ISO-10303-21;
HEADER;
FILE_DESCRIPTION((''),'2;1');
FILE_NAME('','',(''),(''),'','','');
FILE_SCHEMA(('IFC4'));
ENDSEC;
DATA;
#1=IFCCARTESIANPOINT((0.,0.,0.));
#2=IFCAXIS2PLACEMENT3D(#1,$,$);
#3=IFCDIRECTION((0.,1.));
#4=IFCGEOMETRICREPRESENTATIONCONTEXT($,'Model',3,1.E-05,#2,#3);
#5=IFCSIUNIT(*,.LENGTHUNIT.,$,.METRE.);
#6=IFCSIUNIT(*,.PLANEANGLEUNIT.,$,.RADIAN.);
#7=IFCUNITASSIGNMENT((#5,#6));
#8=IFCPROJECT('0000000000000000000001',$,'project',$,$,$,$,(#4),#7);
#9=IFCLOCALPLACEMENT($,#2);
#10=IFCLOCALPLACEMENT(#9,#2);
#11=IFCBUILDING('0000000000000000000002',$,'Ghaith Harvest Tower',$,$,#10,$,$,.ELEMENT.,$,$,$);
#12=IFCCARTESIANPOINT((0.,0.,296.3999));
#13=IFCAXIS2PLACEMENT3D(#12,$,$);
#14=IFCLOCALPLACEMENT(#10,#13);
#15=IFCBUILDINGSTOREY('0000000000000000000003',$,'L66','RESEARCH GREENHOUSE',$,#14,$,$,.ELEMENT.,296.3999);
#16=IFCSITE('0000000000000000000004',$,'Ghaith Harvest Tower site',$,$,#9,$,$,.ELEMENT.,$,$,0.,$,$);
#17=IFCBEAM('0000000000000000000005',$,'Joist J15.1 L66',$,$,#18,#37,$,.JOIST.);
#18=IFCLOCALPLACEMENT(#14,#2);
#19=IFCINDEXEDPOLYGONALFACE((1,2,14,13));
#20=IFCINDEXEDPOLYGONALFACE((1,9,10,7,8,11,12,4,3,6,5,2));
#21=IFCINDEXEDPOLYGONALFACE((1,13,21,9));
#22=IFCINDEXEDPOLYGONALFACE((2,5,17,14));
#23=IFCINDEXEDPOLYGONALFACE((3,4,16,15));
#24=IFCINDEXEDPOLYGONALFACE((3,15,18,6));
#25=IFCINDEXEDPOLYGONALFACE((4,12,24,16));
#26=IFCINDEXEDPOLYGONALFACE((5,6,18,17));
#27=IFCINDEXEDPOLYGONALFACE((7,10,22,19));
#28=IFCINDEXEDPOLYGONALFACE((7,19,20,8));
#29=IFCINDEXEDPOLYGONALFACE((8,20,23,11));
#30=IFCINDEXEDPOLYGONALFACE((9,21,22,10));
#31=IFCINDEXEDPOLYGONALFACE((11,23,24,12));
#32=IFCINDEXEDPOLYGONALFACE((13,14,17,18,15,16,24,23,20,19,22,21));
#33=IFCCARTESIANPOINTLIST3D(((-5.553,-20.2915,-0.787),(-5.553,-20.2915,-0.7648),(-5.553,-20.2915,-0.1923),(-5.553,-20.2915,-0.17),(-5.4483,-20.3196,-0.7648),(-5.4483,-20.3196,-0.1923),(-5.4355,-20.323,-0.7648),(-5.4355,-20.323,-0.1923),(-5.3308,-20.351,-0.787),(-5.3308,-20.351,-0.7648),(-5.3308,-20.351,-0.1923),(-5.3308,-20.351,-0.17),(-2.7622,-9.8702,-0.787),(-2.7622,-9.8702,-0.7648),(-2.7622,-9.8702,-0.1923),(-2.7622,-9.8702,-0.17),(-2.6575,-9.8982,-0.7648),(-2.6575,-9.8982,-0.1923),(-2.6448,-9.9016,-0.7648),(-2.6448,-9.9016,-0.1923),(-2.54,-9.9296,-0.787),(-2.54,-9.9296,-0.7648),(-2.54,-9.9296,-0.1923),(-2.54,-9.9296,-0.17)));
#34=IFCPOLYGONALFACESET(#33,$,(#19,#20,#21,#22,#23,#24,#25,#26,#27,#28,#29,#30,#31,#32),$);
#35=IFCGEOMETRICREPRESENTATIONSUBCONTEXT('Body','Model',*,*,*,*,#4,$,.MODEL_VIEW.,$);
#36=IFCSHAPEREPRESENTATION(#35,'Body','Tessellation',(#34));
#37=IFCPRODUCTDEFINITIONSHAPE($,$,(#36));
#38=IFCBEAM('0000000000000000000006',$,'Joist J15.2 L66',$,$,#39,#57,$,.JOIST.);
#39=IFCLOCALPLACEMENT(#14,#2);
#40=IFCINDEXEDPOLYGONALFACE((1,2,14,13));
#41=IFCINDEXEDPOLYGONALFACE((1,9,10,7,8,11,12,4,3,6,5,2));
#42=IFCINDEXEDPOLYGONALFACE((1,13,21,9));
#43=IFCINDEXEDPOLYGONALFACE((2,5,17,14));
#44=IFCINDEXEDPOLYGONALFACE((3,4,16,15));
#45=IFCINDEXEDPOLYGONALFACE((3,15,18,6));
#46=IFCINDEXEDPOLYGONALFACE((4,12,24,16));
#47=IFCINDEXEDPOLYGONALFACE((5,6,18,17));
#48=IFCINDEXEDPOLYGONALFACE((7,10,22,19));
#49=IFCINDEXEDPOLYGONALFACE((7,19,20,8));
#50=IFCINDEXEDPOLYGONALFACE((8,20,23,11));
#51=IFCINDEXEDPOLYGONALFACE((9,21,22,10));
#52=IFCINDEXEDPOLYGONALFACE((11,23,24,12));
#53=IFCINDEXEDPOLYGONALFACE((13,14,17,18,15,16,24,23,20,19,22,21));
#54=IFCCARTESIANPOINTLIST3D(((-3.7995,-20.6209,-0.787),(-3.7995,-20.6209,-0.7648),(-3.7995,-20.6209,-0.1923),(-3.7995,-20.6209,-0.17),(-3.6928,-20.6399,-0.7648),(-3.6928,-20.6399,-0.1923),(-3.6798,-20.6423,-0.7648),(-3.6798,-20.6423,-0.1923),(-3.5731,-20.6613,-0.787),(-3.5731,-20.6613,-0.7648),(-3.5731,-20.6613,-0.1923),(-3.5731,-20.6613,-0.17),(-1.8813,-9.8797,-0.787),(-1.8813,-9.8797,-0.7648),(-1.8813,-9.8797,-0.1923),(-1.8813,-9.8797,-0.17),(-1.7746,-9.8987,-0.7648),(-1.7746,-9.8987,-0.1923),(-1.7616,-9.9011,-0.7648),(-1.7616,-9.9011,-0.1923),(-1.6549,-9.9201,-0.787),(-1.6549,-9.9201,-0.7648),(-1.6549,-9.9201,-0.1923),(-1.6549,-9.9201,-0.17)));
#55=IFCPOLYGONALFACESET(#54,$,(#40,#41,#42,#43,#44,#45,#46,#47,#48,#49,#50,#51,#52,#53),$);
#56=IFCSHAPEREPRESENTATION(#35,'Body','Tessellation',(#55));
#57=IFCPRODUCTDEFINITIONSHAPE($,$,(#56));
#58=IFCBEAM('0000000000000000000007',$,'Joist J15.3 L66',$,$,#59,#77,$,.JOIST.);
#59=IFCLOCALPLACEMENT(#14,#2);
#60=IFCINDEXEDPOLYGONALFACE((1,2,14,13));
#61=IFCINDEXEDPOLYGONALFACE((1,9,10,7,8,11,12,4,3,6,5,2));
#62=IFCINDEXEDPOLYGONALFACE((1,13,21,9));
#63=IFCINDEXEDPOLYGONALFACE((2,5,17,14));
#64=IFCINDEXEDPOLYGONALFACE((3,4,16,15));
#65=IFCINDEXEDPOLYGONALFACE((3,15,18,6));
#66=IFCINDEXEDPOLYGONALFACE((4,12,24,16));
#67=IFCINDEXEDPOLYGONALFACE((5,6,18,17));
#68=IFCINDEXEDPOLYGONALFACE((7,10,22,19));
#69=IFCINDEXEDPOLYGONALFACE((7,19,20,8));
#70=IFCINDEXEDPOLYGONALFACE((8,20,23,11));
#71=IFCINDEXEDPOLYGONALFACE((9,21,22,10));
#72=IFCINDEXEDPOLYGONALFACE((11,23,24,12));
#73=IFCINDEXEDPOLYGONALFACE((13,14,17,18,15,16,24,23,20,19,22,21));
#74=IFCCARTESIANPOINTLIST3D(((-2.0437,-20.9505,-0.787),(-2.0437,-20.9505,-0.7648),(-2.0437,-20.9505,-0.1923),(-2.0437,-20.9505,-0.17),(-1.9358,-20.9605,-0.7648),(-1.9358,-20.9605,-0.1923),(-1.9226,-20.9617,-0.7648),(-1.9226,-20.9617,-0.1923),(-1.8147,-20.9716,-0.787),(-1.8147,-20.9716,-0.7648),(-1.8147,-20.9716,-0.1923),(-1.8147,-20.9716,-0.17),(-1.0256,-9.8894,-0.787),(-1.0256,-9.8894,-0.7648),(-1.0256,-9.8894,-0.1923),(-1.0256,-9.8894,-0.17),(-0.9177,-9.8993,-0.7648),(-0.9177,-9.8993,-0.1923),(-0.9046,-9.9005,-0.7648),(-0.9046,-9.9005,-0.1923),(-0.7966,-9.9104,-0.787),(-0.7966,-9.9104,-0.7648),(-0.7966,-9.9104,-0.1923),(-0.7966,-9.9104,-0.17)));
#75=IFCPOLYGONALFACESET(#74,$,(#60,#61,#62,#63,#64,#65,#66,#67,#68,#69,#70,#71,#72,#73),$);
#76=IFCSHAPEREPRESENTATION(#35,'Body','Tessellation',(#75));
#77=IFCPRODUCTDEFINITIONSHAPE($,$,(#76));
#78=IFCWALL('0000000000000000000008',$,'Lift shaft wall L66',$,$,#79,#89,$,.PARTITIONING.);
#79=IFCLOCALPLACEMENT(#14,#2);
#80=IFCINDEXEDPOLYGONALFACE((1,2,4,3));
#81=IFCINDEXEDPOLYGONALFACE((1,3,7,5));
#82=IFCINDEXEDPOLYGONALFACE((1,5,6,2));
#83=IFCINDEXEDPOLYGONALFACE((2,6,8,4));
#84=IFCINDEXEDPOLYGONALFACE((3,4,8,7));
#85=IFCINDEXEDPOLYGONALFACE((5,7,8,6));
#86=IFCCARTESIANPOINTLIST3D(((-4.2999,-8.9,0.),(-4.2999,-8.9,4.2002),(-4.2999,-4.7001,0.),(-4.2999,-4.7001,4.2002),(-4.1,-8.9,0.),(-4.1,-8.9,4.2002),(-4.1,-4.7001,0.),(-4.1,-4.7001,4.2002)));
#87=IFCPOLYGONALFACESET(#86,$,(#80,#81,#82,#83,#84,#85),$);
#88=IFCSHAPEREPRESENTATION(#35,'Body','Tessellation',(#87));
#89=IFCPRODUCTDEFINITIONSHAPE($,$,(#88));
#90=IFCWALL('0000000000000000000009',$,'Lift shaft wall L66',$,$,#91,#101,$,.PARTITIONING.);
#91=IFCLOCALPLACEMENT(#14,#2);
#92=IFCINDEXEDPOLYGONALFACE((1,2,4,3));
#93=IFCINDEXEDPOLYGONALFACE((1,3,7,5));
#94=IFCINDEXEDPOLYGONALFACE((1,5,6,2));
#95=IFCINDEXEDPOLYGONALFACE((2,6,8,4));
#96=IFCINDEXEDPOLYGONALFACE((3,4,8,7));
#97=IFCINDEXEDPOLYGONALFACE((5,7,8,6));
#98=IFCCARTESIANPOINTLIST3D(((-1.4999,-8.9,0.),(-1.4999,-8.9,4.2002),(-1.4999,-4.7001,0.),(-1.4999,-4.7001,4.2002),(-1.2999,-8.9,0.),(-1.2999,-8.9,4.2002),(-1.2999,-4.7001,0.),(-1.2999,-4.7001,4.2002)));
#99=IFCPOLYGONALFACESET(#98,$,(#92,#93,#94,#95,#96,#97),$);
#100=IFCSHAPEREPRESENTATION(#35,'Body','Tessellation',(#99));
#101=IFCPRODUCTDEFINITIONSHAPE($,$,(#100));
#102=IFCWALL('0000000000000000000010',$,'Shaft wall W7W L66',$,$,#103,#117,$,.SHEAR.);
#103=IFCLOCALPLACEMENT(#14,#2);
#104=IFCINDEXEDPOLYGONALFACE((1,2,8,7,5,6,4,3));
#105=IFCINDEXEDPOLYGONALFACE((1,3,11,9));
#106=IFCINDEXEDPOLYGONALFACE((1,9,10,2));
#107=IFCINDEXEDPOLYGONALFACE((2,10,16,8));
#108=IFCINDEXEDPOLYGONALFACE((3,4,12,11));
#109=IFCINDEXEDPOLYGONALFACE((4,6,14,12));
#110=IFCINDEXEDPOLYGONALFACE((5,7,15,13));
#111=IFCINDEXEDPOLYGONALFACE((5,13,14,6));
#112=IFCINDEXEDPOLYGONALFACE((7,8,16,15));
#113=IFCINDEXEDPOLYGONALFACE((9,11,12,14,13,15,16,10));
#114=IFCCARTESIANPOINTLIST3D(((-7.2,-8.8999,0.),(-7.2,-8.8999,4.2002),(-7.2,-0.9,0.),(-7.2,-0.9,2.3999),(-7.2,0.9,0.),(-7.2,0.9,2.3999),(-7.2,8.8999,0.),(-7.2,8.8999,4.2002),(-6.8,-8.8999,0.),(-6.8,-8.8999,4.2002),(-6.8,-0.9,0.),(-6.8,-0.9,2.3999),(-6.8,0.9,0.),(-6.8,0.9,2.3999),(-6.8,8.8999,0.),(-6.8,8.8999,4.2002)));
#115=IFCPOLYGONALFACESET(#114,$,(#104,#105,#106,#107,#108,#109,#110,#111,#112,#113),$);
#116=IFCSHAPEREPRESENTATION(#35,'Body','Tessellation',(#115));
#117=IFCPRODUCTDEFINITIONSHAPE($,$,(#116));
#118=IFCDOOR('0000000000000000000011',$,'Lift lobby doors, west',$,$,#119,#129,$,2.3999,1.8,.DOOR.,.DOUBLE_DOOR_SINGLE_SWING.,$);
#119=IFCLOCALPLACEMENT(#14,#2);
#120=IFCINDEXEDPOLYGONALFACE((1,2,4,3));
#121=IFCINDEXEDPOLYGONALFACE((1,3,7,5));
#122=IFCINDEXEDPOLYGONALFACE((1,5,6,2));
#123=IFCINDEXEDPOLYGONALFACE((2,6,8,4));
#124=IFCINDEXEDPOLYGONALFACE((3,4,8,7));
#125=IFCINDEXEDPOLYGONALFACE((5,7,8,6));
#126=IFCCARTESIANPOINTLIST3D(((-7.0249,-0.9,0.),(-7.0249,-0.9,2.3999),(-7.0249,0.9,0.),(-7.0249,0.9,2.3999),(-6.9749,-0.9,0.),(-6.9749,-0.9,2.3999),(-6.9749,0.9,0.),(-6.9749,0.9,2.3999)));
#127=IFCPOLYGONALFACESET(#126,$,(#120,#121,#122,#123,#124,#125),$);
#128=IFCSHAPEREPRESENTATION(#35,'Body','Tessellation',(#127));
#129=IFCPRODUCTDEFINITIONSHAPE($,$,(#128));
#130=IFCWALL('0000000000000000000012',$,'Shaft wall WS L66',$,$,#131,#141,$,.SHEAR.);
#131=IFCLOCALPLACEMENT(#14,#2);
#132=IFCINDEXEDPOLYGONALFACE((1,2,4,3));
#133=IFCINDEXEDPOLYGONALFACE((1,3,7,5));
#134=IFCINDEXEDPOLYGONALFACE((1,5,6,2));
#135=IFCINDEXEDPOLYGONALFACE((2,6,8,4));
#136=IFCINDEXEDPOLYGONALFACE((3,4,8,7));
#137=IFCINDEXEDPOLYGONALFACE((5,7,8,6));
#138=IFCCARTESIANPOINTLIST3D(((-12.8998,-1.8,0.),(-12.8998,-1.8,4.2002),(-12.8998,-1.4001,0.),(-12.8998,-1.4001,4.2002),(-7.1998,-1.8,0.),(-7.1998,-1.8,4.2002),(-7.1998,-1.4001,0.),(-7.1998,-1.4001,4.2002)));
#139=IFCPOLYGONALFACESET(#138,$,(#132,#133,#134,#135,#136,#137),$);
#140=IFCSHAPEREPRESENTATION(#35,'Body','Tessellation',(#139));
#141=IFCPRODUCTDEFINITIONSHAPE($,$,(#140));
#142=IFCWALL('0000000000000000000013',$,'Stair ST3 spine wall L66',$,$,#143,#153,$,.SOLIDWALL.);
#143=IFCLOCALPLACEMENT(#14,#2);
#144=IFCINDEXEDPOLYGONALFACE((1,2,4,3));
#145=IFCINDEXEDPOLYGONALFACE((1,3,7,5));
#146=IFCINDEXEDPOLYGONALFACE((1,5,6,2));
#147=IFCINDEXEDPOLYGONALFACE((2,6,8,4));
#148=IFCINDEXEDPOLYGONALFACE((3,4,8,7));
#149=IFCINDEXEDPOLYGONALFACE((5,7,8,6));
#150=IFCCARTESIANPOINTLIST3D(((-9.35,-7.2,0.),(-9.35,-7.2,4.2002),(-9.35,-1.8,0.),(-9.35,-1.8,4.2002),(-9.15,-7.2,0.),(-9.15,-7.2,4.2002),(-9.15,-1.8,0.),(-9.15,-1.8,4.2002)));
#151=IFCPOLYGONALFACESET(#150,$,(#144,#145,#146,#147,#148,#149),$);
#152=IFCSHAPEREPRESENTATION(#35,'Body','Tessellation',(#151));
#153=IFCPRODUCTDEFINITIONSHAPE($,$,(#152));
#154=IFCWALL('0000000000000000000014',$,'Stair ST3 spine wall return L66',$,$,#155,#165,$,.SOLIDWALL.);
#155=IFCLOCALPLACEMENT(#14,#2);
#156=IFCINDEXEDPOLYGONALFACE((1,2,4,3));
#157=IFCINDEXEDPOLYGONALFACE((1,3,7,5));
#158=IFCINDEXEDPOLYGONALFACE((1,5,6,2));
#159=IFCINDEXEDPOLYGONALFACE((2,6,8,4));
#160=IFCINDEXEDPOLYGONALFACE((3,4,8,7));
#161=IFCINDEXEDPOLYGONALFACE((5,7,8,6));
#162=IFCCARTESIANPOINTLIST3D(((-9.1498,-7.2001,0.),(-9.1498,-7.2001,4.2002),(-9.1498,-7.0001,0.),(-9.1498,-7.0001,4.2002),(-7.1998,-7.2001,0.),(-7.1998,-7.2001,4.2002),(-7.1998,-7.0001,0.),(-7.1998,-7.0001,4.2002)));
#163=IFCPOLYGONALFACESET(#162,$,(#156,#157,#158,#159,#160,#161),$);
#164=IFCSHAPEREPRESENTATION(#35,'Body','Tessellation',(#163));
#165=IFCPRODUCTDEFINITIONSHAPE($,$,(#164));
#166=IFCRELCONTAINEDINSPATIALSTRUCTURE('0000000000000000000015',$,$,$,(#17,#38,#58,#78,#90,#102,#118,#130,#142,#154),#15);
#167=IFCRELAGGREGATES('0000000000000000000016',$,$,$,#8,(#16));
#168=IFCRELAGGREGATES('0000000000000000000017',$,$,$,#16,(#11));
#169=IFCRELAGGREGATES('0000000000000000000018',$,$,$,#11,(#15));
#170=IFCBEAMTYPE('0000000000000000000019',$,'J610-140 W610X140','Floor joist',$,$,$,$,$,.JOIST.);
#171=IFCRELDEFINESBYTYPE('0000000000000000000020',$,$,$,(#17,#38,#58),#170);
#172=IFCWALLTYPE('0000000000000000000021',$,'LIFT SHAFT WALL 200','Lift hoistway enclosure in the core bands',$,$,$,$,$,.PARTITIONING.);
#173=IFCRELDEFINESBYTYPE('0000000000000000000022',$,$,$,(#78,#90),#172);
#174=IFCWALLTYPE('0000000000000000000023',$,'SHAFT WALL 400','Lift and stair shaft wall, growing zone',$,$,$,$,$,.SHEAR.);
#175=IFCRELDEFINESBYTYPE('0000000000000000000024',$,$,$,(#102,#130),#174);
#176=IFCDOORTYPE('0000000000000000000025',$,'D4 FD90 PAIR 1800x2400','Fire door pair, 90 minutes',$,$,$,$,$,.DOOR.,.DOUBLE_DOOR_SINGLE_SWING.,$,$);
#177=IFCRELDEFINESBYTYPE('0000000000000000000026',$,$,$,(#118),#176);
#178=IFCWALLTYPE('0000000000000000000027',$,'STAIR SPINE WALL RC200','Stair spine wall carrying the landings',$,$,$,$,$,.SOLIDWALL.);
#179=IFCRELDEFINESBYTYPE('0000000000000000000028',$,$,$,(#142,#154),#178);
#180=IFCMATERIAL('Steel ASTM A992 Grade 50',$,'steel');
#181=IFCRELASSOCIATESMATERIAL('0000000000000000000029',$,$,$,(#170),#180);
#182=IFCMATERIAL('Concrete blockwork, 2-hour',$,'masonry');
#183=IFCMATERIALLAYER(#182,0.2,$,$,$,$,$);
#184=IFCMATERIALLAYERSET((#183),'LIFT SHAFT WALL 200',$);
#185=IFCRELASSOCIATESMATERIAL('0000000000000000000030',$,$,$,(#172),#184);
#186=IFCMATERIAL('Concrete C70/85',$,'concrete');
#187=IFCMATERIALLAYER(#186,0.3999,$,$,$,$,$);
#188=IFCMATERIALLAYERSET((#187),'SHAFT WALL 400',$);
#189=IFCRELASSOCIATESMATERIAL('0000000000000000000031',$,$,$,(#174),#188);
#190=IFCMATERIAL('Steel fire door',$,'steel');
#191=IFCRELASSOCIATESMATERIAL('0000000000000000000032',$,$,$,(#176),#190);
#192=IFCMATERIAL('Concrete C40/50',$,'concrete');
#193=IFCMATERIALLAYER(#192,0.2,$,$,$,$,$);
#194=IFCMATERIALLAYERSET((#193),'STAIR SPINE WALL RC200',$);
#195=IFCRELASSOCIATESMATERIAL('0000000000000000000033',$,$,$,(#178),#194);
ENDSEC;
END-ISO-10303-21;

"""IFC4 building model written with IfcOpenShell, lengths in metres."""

from ifc_helpers import new_model, si_unit, direction, frame, frame_2d, origin, origin_2d, place, context, subcontext, project, spatial, rectangle, i_section, extrude, material, layer, layer_set, material_profile, profile_set, type_object, element, fill, save


model = new_model("IFC4")

# Units and contexts
model_context = context("Model", 3, precision=1e-05, world=origin(), true_north=direction((0.0, 1.0)))
body_context = subcontext(model_context, "Body", "Model", "MODEL_VIEW")
ifc_project = project(units=[si_unit("LENGTHUNIT", "METRE"), si_unit("PLANEANGLEUNIT", "RADIAN")], contexts=[model_context])

# Site, building, storey
site_placement = place(None, origin())
site = spatial("IfcSite", under=ifc_project, at=site_placement, Name="Ghaith Harvest Tower site", CompositionType="ELEMENT", RefElevation=0.0)
building_placement = place(site_placement, origin())
building = spatial("IfcBuilding", under=site, at=building_placement, Name="Ghaith Harvest Tower", CompositionType="ELEMENT")
storey_placement = place(building_placement, frame((0.0, 0.0, 296.3999)))
storey = spatial("IfcBuildingStorey", under=building, at=storey_placement, Name="L66", Description="RESEARCH GREENHOUSE", CompositionType="ELEMENT", Elevation=296.3999)

# Beams
ifc_material_1 = material(Name="Steel ASTM A992 Grade 50", Category="steel")
ifc_material_profile_1 = material_profile(ifc_material_1, i_section(OverallWidth=0.23, OverallDepth=0.6169, WebThickness=0.0132, FlangeThickness=0.0222, at=origin_2d()), Name="W610X140")
ifc_profile_set_1 = profile_set([ifc_material_profile_1], Name="Steel ASTM A992 Grade 50")
beam_type_1 = type_object("IfcBeamType", Name="J610-140 W610X140", Description="Floor joist", PredefinedType="JOIST", material=ifc_profile_set_1)
beam_1_placement = place(storey_placement, frame((-2.6511, -9.8999, -0.4785), z_axis=(-0.258678, -0.965964, 0.0), x_axis=(0.965964, -0.258678, 0.0)))
element("IfcBeam", 1, at=beam_1_placement, inside=storey, type_object=beam_type_1, Name="Joist J15.1 L66", PredefinedType="JOIST", context=body_context, shape_type="SweptSolid", body=[
    extrude(i_section(OverallWidth=0.23, OverallDepth=0.6169, WebThickness=0.0132, FlangeThickness=0.0222, at=origin_2d()), origin(), (0.0, 0.0, 1.0), 10.7886),
])
beam_2_placement = place(storey_placement, frame((-1.7681, -9.8999, -0.4785), z_axis=(-0.175803, -0.984425, 0.0), x_axis=(0.984425, -0.175803, 0.0)))
element("IfcBeam", 2, at=beam_2_placement, inside=storey, type_object=beam_type_1, Name="Joist J15.2 L66", PredefinedType="JOIST", context=body_context, shape_type="SweptSolid", body=[
    extrude(i_section(OverallWidth=0.23, OverallDepth=0.6169, WebThickness=0.0132, FlangeThickness=0.0222, at=origin_2d()), origin(), (0.0, 0.0, 1.0), 10.9111),
])
beam_3_placement = place(storey_placement, frame((-0.9111, -9.8999, -0.4785), z_axis=(-0.091651, -0.995791, 0.0), x_axis=(0.995791, -0.091651, 0.0)))
element("IfcBeam", 3, at=beam_3_placement, inside=storey, type_object=beam_type_1, Name="Joist J15.3 L66", PredefinedType="JOIST", context=body_context, shape_type="SweptSolid", body=[
    extrude(i_section(OverallWidth=0.23, OverallDepth=0.6169, WebThickness=0.0132, FlangeThickness=0.0222, at=origin_2d()), origin(), (0.0, 0.0, 1.0), 11.1079),
])

# Walls
ifc_material_2 = material(Name="Concrete blockwork, 2-hour", Category="masonry")
ifc_layer_1 = layer(ifc_material_2, 0.2)
ifc_layer_set_1 = layer_set([ifc_layer_1], Name="LIFT SHAFT WALL 200")
wall_type_1 = type_object("IfcWallType", Name="LIFT SHAFT WALL 200", Description="Lift hoistway enclosure in the core bands", PredefinedType="PARTITIONING", material=ifc_layer_set_1)
for number, where, z_axis, x_axis, name in (
    (4, (-4.2, -4.7, 0.0), (0.0, 0.0, 1.0), (0.0, -1.0, 0.0), "Lift shaft wall L66"),
    (5, (-1.3999, -4.7, 0.0), (0.0, 0.0, 1.0), (0.0, -1.0, 0.0), "Lift shaft wall L66"),
):
    element("IfcWall", number, at=place(storey_placement, frame(where, z_axis=z_axis, x_axis=x_axis)), inside=storey, type_object=wall_type_1, Name=name, PredefinedType="PARTITIONING", context=body_context, shape_type="SweptSolid", body=[
        extrude(rectangle(XDim=4.2, YDim=0.2, at=frame_2d((2.1001, 0.0))), origin(), (0.0, 0.0, 1.0), 4.2002),
    ])

# Wall, opening, door
ifc_material_3 = material(Name="Concrete C70/85", Category="concrete")
ifc_layer_2 = layer(ifc_material_3, 0.3999)
ifc_layer_set_2 = layer_set([ifc_layer_2], Name="SHAFT WALL 400")
wall_type_2 = type_object("IfcWallType", Name="SHAFT WALL 400", Description="Lift and stair shaft wall, growing zone", PredefinedType="SHEAR", material=ifc_layer_set_2)
wall_1_placement = place(storey_placement, frame((-7.0, -8.8999, 0.0), z_axis=(0.0, 0.0, 1.0), x_axis=(0.0, 1.0, 0.0)))
wall_1 = element("IfcWall", 6, at=wall_1_placement, inside=storey, type_object=wall_type_2, Name="Shaft wall W7W L66", PredefinedType="SHEAR", context=body_context, shape_type="SweptSolid", body=[
    extrude(rectangle(XDim=17.7998, YDim=0.3999, at=frame_2d((8.8999, 0.0))), origin(), (0.0, 0.0, 1.0), 4.2002),
])
opening_1_placement = place(wall_1_placement, frame((8.0, 0.0, 0.0)))
opening_1 = element("IfcOpeningElement", 7, at=opening_1_placement, cuts=wall_1, PredefinedType="OPENING", context=body_context, shape_type="SweptSolid", body=[
    extrude(rectangle(XDim=1.8, YDim=2.3999, at=frame_2d((0.8999, 1.2))), frame((0.0, 0.21, 0.0), z_axis=(0.0, -1.0, 0.0), x_axis=(1.0, 0.0, 0.0)), (0.0, 0.0, 1.0), 0.4199),
])
ifc_material_4 = material(Name="Steel fire door", Category="steel")
door_type_1 = type_object("IfcDoorType", Name="D4 FD90 PAIR 1800x2400", Description="Fire door pair, 90 minutes", OperationType="DOUBLE_DOOR_SINGLE_SWING", PredefinedType="DOOR", material=ifc_material_4)
door_1_placement = place(opening_1_placement, origin())
door_1 = element("IfcDoor", 8, at=door_1_placement, inside=storey, type_object=door_type_1, Name="Lift lobby doors, west", OperationType="DOUBLE_DOOR_SINGLE_SWING", OverallHeight=2.3999, OverallWidth=1.8, PredefinedType="DOOR", context=body_context, shape_type="SweptSolid", body=[
    extrude(rectangle(XDim=1.8, YDim=2.3999, at=frame_2d((0.8999, 1.2))), frame((0.0, 0.0249, 0.0), z_axis=(0.0, -1.0, 0.0), x_axis=(1.0, 0.0, 0.0)), (0.0, 0.0, 1.0), 0.05),
])
fill(opening_1, door_1)

# Walls
wall_2_placement = place(storey_placement, frame((-12.8999, -1.6001, 0.0), z_axis=(0.0, 0.0, 1.0), x_axis=(1.0, 0.0, 0.0)))
element("IfcWall", 9, at=wall_2_placement, inside=storey, type_object=wall_type_2, Name="Shaft wall WS L66", PredefinedType="SHEAR", context=body_context, shape_type="SweptSolid", body=[
    extrude(rectangle(XDim=5.7, YDim=0.3999, at=frame_2d((2.8501, 0.0))), origin(), (0.0, 0.0, 1.0), 4.2002),
])
ifc_material_5 = material(Name="Concrete C40/50", Category="concrete")
ifc_layer_3 = layer(ifc_material_5, 0.2)
ifc_layer_set_3 = layer_set([ifc_layer_3], Name="STAIR SPINE WALL RC200")
wall_type_3 = type_object("IfcWallType", Name="STAIR SPINE WALL RC200", Description="Stair spine wall carrying the landings", PredefinedType="SOLIDWALL", material=ifc_layer_set_3)
wall_3_placement = place(storey_placement, frame((-9.25, -7.2, 0.0), z_axis=(0.0, 0.0, 1.0), x_axis=(0.0, 1.0, 0.0)))
element("IfcWall", 10, at=wall_3_placement, inside=storey, type_object=wall_type_3, Name="Stair ST3 spine wall L66", PredefinedType="SOLIDWALL", context=body_context, shape_type="SweptSolid", body=[
    extrude(rectangle(XDim=5.3999, YDim=0.2, at=frame_2d((2.7, 0.0))), origin(), (0.0, 0.0, 1.0), 4.2002),
])
wall_4_placement = place(storey_placement, frame((-9.1499, -7.1001, 0.0), z_axis=(0.0, 0.0, 1.0), x_axis=(1.0, 0.0, 0.0)))
element("IfcWall", 11, at=wall_4_placement, inside=storey, type_object=wall_type_3, Name="Stair ST3 spine wall return L66", PredefinedType="SOLIDWALL", context=body_context, shape_type="SweptSolid", body=[
    extrude(rectangle(XDim=1.95, YDim=0.2, at=frame_2d((0.9751, 0.0))), origin(), (0.0, 0.0, 1.0), 4.2002),
])

save(model, "model.ifc")
